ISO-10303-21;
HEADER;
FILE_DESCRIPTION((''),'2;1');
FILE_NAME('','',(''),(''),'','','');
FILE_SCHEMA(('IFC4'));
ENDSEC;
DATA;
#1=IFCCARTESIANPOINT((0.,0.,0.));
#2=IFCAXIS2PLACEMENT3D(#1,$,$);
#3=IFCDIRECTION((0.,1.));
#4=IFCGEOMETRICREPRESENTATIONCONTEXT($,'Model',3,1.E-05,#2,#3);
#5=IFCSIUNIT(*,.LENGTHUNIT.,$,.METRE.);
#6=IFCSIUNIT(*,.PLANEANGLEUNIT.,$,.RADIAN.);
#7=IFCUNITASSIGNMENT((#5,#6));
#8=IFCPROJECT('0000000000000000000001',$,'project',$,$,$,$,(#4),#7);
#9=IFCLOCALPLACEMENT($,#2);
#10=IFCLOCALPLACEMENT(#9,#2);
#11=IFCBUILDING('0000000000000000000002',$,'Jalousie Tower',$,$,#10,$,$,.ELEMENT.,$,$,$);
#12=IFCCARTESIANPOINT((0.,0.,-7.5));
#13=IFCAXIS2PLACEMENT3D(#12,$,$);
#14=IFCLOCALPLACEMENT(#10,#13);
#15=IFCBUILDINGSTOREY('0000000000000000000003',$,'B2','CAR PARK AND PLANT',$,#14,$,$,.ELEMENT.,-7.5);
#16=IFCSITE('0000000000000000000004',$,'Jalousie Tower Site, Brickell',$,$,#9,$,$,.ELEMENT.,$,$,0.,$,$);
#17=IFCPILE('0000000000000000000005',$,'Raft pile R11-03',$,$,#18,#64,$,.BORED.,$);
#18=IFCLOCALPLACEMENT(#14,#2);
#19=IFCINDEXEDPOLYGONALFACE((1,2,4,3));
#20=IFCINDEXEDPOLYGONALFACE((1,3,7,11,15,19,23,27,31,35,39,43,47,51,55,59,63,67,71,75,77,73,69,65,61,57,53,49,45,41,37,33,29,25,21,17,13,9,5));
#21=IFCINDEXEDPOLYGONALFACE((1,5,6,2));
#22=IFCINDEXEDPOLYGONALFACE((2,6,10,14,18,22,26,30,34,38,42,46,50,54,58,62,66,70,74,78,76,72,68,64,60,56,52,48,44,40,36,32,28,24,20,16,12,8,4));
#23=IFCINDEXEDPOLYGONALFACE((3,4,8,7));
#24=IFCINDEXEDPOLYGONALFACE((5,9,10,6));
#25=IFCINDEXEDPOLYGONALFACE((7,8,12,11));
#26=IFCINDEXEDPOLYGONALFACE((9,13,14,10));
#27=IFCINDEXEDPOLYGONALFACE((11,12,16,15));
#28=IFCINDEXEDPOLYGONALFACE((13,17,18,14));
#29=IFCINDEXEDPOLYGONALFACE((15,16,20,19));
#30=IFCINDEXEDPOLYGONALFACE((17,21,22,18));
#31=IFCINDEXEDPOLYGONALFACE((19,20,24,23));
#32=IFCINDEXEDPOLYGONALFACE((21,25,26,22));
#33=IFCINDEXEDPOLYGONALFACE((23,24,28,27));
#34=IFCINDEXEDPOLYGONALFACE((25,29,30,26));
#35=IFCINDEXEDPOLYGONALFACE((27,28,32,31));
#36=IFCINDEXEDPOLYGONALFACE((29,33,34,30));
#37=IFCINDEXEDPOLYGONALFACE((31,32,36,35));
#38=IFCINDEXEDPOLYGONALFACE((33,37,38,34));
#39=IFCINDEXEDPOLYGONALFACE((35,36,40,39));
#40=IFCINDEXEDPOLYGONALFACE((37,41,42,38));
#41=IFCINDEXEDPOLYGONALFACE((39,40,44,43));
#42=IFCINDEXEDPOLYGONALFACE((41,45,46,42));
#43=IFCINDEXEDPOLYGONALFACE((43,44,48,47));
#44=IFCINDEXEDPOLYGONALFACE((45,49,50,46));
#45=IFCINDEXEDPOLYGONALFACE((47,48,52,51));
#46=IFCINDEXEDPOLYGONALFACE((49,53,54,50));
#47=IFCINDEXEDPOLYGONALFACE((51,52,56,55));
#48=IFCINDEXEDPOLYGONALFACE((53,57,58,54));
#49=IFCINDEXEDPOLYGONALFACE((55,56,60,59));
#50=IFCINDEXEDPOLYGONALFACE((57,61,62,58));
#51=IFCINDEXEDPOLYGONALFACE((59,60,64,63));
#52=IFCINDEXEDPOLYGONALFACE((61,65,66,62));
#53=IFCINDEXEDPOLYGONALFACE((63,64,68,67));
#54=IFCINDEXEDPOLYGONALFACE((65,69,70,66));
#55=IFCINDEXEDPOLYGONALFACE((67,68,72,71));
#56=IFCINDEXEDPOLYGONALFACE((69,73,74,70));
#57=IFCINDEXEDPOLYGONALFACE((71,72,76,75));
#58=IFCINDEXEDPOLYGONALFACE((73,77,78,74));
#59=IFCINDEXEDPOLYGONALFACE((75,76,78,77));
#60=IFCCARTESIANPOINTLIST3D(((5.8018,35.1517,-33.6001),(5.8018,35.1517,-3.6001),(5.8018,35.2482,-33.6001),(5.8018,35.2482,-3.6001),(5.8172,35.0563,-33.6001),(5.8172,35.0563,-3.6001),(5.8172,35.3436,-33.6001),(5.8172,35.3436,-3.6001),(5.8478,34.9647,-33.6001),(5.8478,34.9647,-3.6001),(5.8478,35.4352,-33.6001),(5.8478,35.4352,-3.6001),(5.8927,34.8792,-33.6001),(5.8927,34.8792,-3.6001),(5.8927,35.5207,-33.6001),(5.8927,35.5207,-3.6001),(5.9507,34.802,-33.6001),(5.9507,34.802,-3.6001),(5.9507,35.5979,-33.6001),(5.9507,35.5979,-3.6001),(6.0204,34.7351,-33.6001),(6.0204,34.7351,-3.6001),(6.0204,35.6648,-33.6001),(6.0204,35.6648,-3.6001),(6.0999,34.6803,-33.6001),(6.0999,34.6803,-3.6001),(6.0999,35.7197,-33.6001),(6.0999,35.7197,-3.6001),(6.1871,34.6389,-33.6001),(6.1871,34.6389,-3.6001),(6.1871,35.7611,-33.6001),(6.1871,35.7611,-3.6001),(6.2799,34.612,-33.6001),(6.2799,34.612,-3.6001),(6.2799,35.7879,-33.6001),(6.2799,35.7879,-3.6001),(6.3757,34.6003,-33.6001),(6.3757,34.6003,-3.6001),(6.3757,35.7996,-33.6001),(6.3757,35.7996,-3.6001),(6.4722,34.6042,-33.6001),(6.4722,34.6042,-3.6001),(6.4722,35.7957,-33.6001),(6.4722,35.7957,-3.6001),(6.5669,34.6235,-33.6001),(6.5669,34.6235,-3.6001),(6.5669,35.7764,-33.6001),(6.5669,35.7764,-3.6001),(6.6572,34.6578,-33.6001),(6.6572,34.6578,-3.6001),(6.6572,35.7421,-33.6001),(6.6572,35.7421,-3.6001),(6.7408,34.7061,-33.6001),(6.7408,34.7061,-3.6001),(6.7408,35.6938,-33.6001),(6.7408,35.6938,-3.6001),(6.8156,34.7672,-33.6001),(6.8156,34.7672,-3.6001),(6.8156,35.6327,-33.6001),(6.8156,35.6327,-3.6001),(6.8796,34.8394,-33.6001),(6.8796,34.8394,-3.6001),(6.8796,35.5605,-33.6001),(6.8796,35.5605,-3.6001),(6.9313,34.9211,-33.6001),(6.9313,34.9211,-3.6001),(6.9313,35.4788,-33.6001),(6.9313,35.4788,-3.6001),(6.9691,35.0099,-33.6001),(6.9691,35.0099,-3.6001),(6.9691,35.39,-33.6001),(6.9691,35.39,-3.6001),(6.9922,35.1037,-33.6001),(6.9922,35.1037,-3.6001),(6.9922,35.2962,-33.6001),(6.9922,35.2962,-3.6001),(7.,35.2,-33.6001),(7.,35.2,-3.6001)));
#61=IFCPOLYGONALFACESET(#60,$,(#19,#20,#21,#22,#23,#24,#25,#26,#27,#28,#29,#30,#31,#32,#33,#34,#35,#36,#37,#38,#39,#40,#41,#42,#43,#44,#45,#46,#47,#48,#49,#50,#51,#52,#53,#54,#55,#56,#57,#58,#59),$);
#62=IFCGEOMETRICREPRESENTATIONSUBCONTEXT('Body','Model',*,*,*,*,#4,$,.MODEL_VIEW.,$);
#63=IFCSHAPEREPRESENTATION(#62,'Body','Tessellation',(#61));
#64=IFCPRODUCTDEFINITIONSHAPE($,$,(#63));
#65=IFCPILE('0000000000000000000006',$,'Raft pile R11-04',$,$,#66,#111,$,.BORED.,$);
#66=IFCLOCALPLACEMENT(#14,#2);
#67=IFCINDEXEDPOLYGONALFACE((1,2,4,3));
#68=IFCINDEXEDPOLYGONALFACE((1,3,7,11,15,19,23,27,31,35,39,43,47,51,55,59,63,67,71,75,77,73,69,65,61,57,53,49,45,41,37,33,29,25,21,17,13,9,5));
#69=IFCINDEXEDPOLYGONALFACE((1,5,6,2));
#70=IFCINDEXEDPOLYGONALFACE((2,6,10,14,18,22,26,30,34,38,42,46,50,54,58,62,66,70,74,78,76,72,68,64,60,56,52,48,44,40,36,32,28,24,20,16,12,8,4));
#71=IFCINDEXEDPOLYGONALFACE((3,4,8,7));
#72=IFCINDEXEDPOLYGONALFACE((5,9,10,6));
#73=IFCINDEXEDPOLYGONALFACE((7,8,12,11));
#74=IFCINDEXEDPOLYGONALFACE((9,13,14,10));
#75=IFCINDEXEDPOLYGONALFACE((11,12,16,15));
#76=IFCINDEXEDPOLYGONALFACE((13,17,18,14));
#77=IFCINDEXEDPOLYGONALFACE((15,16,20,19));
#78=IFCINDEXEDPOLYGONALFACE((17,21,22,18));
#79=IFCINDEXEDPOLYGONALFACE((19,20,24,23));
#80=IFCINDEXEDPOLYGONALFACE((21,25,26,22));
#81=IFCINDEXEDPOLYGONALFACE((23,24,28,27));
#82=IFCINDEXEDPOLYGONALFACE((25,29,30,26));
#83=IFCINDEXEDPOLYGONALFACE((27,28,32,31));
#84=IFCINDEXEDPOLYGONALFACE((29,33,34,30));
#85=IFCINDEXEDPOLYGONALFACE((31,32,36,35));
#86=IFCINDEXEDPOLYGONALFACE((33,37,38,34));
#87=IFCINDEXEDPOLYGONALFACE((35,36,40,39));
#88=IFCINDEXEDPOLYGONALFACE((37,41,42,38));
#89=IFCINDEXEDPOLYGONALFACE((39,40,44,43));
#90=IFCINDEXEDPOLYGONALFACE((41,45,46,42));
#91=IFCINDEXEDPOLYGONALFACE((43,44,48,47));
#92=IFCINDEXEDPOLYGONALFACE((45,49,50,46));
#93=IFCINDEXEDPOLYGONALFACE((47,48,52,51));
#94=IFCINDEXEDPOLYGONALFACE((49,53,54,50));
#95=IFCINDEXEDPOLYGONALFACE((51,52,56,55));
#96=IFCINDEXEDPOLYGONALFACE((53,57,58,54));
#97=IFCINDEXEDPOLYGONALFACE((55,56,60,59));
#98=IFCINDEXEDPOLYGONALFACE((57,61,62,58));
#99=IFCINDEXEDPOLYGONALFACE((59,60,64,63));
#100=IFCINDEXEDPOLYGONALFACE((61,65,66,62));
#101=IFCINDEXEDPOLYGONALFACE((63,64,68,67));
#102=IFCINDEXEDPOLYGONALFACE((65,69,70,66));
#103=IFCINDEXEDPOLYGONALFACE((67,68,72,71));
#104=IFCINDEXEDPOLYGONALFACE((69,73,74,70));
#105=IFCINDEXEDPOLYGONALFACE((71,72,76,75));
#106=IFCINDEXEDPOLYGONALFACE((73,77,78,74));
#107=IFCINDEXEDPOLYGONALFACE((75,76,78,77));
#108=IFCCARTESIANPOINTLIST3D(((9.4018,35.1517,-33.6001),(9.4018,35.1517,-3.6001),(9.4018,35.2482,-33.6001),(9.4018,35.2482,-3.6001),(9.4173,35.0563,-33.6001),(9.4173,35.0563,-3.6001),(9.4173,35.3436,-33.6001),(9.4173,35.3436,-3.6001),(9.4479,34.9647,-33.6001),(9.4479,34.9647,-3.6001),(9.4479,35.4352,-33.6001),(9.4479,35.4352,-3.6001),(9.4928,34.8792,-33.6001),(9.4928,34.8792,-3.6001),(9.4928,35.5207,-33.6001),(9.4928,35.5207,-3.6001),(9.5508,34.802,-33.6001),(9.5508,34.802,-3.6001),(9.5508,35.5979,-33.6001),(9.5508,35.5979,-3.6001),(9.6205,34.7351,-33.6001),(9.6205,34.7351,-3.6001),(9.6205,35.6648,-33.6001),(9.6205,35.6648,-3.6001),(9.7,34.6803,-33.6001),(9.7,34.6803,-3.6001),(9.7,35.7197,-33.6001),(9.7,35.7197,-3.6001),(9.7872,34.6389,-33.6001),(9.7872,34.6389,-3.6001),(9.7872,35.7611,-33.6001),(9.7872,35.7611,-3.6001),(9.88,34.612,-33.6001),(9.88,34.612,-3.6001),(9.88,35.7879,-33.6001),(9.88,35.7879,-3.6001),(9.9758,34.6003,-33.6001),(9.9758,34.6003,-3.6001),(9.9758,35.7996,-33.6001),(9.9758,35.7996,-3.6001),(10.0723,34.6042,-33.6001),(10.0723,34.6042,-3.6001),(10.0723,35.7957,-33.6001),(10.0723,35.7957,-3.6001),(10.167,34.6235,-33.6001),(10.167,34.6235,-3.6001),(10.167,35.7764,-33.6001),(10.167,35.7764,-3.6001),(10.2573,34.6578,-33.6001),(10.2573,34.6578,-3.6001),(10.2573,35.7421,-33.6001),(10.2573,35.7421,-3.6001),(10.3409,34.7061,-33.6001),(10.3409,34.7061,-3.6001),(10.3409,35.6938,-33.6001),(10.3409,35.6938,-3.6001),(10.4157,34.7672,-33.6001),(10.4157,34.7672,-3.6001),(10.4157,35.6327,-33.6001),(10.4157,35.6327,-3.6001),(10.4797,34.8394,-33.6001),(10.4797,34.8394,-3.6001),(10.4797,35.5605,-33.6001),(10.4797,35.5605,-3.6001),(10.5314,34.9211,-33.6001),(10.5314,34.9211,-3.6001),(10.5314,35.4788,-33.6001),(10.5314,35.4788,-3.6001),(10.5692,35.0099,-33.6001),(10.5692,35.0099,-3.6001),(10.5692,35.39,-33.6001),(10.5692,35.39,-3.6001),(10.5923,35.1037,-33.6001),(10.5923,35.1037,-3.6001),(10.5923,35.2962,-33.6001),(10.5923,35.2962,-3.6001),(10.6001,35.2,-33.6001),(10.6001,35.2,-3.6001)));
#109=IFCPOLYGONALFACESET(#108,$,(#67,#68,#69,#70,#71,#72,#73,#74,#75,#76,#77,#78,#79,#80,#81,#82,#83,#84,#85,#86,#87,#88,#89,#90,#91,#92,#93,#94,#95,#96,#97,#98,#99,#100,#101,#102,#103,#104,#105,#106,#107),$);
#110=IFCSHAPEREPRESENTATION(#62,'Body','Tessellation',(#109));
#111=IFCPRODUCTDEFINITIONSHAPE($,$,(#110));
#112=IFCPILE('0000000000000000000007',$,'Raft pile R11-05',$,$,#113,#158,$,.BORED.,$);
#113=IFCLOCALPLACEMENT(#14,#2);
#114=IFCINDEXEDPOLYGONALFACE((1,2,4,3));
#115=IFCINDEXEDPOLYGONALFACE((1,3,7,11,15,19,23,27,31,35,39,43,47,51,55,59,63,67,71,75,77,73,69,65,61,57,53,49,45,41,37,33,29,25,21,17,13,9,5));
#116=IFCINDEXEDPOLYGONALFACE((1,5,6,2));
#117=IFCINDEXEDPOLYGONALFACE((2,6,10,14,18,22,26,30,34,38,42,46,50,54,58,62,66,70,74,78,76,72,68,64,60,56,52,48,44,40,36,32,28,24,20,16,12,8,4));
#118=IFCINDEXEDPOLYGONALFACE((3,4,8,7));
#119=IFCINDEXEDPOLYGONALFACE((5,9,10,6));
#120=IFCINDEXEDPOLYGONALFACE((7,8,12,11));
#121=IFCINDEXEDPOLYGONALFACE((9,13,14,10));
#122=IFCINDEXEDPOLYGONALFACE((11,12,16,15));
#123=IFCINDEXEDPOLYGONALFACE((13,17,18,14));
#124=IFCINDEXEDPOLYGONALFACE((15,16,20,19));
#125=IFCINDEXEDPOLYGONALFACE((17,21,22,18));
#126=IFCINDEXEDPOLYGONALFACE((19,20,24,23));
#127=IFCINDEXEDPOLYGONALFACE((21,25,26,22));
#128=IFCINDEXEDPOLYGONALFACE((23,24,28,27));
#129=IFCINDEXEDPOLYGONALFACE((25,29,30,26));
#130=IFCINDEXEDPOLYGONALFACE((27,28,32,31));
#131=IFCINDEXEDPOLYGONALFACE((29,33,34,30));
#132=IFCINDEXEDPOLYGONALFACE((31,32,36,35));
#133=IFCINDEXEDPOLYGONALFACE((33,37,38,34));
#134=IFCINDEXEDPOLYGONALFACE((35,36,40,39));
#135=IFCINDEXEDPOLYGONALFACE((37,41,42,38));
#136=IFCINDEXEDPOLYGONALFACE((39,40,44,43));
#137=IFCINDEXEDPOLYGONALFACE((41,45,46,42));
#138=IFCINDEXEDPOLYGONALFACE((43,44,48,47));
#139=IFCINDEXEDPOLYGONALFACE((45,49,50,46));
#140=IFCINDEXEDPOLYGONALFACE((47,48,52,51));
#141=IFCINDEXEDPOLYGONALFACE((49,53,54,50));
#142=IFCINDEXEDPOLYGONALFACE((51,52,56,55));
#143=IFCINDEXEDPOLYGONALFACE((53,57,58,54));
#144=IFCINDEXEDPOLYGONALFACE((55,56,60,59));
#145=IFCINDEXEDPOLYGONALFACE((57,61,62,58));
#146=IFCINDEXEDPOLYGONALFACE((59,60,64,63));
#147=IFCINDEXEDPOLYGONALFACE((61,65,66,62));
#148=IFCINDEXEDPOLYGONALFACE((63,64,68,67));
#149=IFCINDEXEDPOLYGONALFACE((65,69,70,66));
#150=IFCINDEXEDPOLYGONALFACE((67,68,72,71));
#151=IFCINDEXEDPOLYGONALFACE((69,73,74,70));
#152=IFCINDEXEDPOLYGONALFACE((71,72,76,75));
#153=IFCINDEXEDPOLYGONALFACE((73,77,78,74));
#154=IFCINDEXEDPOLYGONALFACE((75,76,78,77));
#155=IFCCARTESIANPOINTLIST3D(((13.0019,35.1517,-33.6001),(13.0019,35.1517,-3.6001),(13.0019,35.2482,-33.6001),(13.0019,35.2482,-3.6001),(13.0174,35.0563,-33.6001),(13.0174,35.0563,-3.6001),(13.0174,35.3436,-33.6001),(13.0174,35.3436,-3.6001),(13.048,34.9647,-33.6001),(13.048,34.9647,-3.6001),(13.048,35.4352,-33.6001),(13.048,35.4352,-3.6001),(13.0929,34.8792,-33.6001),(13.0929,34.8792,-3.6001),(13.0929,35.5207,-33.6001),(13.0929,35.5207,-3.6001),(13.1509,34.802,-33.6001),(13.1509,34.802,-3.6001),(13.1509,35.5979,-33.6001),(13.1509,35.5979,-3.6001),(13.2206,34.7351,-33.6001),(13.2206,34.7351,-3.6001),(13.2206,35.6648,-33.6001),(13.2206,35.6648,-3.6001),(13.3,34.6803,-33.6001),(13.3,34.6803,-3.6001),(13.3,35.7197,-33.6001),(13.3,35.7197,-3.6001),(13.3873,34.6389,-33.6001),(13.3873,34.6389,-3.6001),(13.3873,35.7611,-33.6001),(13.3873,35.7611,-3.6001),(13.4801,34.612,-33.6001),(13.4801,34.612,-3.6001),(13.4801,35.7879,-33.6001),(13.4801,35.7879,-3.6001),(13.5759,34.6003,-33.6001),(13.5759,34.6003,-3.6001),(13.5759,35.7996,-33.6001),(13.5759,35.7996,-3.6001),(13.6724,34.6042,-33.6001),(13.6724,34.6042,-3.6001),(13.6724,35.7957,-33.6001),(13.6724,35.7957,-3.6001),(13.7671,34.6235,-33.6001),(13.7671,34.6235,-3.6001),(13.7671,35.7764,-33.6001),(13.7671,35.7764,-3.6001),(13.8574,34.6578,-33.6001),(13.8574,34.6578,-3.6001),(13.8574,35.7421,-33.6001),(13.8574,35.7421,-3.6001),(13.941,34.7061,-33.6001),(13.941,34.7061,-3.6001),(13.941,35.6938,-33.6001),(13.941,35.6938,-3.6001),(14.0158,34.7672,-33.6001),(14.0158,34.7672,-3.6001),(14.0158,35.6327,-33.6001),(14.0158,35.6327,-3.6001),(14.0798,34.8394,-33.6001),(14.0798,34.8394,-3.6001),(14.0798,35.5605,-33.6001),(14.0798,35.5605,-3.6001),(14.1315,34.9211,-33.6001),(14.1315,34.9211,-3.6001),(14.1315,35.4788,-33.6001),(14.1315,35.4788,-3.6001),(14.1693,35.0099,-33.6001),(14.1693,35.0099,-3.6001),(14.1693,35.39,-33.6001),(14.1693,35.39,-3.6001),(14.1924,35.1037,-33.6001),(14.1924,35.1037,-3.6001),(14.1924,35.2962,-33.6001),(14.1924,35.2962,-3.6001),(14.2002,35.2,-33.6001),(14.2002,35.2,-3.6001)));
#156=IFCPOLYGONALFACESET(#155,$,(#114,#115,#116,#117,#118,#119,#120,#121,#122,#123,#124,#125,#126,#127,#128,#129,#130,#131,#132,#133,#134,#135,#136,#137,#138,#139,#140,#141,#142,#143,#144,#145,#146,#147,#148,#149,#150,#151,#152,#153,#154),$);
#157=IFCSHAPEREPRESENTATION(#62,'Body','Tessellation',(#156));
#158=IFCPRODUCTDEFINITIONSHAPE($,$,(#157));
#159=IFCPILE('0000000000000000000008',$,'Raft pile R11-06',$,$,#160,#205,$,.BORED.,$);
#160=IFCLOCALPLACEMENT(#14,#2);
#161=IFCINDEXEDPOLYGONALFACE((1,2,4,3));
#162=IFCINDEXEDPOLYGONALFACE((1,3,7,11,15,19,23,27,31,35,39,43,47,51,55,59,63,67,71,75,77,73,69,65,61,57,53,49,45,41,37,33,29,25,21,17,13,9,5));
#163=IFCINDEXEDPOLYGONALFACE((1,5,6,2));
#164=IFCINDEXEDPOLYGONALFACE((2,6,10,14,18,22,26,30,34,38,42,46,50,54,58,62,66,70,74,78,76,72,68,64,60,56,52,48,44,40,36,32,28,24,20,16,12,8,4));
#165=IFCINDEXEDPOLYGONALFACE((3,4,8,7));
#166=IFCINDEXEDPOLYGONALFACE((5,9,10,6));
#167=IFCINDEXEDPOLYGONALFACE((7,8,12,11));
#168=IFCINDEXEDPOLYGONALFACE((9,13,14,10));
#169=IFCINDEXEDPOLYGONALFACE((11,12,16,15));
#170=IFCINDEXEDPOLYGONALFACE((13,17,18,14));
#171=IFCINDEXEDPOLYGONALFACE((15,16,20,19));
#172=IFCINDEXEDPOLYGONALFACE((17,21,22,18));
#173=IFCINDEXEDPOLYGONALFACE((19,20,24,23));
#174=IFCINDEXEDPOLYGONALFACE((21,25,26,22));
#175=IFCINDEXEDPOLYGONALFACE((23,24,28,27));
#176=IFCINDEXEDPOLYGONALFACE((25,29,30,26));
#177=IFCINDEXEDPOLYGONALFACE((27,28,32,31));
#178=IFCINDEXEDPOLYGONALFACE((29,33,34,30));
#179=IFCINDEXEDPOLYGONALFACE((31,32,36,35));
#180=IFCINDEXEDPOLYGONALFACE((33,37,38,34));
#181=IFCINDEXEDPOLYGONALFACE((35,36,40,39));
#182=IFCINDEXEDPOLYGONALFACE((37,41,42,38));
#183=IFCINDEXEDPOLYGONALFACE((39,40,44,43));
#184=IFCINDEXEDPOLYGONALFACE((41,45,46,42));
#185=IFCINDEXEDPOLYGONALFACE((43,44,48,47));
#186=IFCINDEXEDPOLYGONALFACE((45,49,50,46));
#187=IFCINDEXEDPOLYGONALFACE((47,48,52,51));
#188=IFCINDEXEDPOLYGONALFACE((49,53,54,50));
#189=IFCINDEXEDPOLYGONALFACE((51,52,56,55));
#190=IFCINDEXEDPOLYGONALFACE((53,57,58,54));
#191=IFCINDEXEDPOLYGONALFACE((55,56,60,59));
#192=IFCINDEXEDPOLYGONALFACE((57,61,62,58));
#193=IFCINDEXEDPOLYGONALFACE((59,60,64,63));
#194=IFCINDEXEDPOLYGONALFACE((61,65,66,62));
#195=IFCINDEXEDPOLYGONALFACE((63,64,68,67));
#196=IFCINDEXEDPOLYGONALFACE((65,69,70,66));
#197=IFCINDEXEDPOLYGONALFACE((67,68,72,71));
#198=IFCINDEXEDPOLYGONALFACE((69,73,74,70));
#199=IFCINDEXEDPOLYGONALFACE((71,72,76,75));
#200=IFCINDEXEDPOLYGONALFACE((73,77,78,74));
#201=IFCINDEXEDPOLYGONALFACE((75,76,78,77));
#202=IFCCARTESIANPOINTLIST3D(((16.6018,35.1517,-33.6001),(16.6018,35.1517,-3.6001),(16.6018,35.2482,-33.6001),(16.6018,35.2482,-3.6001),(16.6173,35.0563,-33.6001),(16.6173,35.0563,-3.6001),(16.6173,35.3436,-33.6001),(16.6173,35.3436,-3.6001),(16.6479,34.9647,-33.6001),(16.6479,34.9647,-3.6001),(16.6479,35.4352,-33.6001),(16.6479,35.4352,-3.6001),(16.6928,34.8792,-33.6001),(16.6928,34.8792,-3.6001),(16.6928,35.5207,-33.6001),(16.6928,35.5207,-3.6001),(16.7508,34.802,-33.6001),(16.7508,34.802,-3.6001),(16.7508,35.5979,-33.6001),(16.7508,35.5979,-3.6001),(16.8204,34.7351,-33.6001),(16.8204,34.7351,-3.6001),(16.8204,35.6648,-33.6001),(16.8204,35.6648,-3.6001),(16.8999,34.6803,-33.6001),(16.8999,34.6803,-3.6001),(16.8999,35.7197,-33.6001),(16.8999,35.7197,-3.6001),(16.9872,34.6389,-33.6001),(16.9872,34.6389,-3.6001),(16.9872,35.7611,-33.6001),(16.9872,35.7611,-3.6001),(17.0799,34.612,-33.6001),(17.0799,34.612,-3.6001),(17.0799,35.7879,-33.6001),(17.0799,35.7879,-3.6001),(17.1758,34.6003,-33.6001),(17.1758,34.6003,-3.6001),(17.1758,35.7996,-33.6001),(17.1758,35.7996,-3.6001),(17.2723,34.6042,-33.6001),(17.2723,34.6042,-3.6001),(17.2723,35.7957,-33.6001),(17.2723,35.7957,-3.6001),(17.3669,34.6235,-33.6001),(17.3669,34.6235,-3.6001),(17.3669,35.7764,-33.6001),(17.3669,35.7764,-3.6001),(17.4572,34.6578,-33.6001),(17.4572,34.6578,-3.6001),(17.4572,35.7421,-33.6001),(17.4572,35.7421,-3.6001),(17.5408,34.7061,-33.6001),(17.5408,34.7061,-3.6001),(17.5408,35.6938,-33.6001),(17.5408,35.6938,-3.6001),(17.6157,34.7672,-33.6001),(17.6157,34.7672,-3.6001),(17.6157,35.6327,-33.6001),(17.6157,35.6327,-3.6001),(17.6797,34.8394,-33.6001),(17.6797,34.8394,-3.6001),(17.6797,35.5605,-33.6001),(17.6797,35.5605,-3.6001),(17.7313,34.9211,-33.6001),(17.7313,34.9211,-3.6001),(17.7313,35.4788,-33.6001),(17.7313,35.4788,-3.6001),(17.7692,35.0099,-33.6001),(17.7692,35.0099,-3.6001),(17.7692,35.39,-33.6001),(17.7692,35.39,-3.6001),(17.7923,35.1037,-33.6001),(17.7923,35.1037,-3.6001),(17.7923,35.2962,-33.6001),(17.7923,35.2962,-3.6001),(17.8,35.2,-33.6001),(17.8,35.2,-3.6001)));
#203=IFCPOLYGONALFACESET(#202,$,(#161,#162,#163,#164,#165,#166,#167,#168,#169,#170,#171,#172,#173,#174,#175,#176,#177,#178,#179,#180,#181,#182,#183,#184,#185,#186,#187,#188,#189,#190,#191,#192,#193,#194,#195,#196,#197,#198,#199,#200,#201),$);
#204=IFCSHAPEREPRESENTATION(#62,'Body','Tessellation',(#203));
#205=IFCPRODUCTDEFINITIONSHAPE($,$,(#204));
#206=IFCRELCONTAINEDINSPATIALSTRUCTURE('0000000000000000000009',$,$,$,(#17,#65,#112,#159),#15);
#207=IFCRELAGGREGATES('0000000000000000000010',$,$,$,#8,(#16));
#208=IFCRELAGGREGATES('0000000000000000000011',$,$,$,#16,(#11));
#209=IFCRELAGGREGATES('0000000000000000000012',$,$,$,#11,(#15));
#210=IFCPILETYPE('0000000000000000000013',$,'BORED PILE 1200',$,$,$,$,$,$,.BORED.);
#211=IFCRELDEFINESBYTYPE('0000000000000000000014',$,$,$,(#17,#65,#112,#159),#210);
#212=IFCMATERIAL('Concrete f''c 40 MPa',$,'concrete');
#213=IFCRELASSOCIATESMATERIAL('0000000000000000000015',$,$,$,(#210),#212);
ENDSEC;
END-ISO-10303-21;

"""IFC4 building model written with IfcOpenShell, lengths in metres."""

from ifc_helpers import new_model, si_unit, direction, frame, origin, origin_2d, place, context, subcontext, project, spatial, circle, extrude, material, material_profile, profile_set, type_object, element, save


model = new_model("IFC4")

# Units and contexts
model_context = context("Model", 3, precision=1e-05, world=origin(), true_north=direction((0.0, 1.0)))
body_context = subcontext(model_context, "Body", "Model", "MODEL_VIEW")
ifc_project = project(units=[si_unit("LENGTHUNIT", "METRE"), si_unit("PLANEANGLEUNIT", "RADIAN")], contexts=[model_context])

# Site, building, storey
site_placement = place(None, origin())
site = spatial("IfcSite", under=ifc_project, at=site_placement, Name="Jalousie Tower Site, Brickell", CompositionType="ELEMENT", RefElevation=0.0)
building_placement = place(site_placement, origin())
building = spatial("IfcBuilding", under=site, at=building_placement, Name="Jalousie Tower", CompositionType="ELEMENT")
storey_placement = place(building_placement, frame((0.0, 0.0, -7.5)))
storey = spatial("IfcBuildingStorey", under=building, at=storey_placement, Name="B2", Description="CAR PARK AND PLANT", CompositionType="ELEMENT", Elevation=-7.5)

# Piles
ifc_material_1 = material(Name="Concrete f'c 40 MPa", Category="concrete")
ifc_material_profile_1 = material_profile(ifc_material_1, circle(Radius=0.6001, at=origin_2d()), Name="BORED PILE D1200")
ifc_profile_set_1 = profile_set([ifc_material_profile_1], Name="Concrete f'c 40 MPa")
pile_type = type_object("IfcPileType", Name="BORED PILE 1200", PredefinedType="BORED", material=ifc_profile_set_1)
for number, where, z_axis, x_axis, name in (
    (1, (6.3999, 35.2, -3.6001), (0.0, 0.0, -1.0), (1.0, 0.0, 0.0), "Raft pile R11-03"),
    (2, (10.0, 35.2, -3.6001), (0.0, 0.0, -1.0), (1.0, 0.0, 0.0), "Raft pile R11-04"),
    (3, (13.6001, 35.2, -3.6001), (0.0, 0.0, -1.0), (1.0, 0.0, 0.0), "Raft pile R11-05"),
    (4, (17.2, 35.2, -3.6001), (0.0, 0.0, -1.0), (1.0, 0.0, 0.0), "Raft pile R11-06"),
):
    element("IfcPile", number, at=place(storey_placement, frame(where, z_axis=z_axis, x_axis=x_axis)), inside=storey, type_object=pile_type, Name=name, PredefinedType="BORED", context=body_context, shape_type="SweptSolid", body=[
        extrude(circle(Radius=0.6001, at=origin_2d()), origin(), (0.0, 0.0, 1.0), 30.0),
    ])

save(model, "model.ifc")
